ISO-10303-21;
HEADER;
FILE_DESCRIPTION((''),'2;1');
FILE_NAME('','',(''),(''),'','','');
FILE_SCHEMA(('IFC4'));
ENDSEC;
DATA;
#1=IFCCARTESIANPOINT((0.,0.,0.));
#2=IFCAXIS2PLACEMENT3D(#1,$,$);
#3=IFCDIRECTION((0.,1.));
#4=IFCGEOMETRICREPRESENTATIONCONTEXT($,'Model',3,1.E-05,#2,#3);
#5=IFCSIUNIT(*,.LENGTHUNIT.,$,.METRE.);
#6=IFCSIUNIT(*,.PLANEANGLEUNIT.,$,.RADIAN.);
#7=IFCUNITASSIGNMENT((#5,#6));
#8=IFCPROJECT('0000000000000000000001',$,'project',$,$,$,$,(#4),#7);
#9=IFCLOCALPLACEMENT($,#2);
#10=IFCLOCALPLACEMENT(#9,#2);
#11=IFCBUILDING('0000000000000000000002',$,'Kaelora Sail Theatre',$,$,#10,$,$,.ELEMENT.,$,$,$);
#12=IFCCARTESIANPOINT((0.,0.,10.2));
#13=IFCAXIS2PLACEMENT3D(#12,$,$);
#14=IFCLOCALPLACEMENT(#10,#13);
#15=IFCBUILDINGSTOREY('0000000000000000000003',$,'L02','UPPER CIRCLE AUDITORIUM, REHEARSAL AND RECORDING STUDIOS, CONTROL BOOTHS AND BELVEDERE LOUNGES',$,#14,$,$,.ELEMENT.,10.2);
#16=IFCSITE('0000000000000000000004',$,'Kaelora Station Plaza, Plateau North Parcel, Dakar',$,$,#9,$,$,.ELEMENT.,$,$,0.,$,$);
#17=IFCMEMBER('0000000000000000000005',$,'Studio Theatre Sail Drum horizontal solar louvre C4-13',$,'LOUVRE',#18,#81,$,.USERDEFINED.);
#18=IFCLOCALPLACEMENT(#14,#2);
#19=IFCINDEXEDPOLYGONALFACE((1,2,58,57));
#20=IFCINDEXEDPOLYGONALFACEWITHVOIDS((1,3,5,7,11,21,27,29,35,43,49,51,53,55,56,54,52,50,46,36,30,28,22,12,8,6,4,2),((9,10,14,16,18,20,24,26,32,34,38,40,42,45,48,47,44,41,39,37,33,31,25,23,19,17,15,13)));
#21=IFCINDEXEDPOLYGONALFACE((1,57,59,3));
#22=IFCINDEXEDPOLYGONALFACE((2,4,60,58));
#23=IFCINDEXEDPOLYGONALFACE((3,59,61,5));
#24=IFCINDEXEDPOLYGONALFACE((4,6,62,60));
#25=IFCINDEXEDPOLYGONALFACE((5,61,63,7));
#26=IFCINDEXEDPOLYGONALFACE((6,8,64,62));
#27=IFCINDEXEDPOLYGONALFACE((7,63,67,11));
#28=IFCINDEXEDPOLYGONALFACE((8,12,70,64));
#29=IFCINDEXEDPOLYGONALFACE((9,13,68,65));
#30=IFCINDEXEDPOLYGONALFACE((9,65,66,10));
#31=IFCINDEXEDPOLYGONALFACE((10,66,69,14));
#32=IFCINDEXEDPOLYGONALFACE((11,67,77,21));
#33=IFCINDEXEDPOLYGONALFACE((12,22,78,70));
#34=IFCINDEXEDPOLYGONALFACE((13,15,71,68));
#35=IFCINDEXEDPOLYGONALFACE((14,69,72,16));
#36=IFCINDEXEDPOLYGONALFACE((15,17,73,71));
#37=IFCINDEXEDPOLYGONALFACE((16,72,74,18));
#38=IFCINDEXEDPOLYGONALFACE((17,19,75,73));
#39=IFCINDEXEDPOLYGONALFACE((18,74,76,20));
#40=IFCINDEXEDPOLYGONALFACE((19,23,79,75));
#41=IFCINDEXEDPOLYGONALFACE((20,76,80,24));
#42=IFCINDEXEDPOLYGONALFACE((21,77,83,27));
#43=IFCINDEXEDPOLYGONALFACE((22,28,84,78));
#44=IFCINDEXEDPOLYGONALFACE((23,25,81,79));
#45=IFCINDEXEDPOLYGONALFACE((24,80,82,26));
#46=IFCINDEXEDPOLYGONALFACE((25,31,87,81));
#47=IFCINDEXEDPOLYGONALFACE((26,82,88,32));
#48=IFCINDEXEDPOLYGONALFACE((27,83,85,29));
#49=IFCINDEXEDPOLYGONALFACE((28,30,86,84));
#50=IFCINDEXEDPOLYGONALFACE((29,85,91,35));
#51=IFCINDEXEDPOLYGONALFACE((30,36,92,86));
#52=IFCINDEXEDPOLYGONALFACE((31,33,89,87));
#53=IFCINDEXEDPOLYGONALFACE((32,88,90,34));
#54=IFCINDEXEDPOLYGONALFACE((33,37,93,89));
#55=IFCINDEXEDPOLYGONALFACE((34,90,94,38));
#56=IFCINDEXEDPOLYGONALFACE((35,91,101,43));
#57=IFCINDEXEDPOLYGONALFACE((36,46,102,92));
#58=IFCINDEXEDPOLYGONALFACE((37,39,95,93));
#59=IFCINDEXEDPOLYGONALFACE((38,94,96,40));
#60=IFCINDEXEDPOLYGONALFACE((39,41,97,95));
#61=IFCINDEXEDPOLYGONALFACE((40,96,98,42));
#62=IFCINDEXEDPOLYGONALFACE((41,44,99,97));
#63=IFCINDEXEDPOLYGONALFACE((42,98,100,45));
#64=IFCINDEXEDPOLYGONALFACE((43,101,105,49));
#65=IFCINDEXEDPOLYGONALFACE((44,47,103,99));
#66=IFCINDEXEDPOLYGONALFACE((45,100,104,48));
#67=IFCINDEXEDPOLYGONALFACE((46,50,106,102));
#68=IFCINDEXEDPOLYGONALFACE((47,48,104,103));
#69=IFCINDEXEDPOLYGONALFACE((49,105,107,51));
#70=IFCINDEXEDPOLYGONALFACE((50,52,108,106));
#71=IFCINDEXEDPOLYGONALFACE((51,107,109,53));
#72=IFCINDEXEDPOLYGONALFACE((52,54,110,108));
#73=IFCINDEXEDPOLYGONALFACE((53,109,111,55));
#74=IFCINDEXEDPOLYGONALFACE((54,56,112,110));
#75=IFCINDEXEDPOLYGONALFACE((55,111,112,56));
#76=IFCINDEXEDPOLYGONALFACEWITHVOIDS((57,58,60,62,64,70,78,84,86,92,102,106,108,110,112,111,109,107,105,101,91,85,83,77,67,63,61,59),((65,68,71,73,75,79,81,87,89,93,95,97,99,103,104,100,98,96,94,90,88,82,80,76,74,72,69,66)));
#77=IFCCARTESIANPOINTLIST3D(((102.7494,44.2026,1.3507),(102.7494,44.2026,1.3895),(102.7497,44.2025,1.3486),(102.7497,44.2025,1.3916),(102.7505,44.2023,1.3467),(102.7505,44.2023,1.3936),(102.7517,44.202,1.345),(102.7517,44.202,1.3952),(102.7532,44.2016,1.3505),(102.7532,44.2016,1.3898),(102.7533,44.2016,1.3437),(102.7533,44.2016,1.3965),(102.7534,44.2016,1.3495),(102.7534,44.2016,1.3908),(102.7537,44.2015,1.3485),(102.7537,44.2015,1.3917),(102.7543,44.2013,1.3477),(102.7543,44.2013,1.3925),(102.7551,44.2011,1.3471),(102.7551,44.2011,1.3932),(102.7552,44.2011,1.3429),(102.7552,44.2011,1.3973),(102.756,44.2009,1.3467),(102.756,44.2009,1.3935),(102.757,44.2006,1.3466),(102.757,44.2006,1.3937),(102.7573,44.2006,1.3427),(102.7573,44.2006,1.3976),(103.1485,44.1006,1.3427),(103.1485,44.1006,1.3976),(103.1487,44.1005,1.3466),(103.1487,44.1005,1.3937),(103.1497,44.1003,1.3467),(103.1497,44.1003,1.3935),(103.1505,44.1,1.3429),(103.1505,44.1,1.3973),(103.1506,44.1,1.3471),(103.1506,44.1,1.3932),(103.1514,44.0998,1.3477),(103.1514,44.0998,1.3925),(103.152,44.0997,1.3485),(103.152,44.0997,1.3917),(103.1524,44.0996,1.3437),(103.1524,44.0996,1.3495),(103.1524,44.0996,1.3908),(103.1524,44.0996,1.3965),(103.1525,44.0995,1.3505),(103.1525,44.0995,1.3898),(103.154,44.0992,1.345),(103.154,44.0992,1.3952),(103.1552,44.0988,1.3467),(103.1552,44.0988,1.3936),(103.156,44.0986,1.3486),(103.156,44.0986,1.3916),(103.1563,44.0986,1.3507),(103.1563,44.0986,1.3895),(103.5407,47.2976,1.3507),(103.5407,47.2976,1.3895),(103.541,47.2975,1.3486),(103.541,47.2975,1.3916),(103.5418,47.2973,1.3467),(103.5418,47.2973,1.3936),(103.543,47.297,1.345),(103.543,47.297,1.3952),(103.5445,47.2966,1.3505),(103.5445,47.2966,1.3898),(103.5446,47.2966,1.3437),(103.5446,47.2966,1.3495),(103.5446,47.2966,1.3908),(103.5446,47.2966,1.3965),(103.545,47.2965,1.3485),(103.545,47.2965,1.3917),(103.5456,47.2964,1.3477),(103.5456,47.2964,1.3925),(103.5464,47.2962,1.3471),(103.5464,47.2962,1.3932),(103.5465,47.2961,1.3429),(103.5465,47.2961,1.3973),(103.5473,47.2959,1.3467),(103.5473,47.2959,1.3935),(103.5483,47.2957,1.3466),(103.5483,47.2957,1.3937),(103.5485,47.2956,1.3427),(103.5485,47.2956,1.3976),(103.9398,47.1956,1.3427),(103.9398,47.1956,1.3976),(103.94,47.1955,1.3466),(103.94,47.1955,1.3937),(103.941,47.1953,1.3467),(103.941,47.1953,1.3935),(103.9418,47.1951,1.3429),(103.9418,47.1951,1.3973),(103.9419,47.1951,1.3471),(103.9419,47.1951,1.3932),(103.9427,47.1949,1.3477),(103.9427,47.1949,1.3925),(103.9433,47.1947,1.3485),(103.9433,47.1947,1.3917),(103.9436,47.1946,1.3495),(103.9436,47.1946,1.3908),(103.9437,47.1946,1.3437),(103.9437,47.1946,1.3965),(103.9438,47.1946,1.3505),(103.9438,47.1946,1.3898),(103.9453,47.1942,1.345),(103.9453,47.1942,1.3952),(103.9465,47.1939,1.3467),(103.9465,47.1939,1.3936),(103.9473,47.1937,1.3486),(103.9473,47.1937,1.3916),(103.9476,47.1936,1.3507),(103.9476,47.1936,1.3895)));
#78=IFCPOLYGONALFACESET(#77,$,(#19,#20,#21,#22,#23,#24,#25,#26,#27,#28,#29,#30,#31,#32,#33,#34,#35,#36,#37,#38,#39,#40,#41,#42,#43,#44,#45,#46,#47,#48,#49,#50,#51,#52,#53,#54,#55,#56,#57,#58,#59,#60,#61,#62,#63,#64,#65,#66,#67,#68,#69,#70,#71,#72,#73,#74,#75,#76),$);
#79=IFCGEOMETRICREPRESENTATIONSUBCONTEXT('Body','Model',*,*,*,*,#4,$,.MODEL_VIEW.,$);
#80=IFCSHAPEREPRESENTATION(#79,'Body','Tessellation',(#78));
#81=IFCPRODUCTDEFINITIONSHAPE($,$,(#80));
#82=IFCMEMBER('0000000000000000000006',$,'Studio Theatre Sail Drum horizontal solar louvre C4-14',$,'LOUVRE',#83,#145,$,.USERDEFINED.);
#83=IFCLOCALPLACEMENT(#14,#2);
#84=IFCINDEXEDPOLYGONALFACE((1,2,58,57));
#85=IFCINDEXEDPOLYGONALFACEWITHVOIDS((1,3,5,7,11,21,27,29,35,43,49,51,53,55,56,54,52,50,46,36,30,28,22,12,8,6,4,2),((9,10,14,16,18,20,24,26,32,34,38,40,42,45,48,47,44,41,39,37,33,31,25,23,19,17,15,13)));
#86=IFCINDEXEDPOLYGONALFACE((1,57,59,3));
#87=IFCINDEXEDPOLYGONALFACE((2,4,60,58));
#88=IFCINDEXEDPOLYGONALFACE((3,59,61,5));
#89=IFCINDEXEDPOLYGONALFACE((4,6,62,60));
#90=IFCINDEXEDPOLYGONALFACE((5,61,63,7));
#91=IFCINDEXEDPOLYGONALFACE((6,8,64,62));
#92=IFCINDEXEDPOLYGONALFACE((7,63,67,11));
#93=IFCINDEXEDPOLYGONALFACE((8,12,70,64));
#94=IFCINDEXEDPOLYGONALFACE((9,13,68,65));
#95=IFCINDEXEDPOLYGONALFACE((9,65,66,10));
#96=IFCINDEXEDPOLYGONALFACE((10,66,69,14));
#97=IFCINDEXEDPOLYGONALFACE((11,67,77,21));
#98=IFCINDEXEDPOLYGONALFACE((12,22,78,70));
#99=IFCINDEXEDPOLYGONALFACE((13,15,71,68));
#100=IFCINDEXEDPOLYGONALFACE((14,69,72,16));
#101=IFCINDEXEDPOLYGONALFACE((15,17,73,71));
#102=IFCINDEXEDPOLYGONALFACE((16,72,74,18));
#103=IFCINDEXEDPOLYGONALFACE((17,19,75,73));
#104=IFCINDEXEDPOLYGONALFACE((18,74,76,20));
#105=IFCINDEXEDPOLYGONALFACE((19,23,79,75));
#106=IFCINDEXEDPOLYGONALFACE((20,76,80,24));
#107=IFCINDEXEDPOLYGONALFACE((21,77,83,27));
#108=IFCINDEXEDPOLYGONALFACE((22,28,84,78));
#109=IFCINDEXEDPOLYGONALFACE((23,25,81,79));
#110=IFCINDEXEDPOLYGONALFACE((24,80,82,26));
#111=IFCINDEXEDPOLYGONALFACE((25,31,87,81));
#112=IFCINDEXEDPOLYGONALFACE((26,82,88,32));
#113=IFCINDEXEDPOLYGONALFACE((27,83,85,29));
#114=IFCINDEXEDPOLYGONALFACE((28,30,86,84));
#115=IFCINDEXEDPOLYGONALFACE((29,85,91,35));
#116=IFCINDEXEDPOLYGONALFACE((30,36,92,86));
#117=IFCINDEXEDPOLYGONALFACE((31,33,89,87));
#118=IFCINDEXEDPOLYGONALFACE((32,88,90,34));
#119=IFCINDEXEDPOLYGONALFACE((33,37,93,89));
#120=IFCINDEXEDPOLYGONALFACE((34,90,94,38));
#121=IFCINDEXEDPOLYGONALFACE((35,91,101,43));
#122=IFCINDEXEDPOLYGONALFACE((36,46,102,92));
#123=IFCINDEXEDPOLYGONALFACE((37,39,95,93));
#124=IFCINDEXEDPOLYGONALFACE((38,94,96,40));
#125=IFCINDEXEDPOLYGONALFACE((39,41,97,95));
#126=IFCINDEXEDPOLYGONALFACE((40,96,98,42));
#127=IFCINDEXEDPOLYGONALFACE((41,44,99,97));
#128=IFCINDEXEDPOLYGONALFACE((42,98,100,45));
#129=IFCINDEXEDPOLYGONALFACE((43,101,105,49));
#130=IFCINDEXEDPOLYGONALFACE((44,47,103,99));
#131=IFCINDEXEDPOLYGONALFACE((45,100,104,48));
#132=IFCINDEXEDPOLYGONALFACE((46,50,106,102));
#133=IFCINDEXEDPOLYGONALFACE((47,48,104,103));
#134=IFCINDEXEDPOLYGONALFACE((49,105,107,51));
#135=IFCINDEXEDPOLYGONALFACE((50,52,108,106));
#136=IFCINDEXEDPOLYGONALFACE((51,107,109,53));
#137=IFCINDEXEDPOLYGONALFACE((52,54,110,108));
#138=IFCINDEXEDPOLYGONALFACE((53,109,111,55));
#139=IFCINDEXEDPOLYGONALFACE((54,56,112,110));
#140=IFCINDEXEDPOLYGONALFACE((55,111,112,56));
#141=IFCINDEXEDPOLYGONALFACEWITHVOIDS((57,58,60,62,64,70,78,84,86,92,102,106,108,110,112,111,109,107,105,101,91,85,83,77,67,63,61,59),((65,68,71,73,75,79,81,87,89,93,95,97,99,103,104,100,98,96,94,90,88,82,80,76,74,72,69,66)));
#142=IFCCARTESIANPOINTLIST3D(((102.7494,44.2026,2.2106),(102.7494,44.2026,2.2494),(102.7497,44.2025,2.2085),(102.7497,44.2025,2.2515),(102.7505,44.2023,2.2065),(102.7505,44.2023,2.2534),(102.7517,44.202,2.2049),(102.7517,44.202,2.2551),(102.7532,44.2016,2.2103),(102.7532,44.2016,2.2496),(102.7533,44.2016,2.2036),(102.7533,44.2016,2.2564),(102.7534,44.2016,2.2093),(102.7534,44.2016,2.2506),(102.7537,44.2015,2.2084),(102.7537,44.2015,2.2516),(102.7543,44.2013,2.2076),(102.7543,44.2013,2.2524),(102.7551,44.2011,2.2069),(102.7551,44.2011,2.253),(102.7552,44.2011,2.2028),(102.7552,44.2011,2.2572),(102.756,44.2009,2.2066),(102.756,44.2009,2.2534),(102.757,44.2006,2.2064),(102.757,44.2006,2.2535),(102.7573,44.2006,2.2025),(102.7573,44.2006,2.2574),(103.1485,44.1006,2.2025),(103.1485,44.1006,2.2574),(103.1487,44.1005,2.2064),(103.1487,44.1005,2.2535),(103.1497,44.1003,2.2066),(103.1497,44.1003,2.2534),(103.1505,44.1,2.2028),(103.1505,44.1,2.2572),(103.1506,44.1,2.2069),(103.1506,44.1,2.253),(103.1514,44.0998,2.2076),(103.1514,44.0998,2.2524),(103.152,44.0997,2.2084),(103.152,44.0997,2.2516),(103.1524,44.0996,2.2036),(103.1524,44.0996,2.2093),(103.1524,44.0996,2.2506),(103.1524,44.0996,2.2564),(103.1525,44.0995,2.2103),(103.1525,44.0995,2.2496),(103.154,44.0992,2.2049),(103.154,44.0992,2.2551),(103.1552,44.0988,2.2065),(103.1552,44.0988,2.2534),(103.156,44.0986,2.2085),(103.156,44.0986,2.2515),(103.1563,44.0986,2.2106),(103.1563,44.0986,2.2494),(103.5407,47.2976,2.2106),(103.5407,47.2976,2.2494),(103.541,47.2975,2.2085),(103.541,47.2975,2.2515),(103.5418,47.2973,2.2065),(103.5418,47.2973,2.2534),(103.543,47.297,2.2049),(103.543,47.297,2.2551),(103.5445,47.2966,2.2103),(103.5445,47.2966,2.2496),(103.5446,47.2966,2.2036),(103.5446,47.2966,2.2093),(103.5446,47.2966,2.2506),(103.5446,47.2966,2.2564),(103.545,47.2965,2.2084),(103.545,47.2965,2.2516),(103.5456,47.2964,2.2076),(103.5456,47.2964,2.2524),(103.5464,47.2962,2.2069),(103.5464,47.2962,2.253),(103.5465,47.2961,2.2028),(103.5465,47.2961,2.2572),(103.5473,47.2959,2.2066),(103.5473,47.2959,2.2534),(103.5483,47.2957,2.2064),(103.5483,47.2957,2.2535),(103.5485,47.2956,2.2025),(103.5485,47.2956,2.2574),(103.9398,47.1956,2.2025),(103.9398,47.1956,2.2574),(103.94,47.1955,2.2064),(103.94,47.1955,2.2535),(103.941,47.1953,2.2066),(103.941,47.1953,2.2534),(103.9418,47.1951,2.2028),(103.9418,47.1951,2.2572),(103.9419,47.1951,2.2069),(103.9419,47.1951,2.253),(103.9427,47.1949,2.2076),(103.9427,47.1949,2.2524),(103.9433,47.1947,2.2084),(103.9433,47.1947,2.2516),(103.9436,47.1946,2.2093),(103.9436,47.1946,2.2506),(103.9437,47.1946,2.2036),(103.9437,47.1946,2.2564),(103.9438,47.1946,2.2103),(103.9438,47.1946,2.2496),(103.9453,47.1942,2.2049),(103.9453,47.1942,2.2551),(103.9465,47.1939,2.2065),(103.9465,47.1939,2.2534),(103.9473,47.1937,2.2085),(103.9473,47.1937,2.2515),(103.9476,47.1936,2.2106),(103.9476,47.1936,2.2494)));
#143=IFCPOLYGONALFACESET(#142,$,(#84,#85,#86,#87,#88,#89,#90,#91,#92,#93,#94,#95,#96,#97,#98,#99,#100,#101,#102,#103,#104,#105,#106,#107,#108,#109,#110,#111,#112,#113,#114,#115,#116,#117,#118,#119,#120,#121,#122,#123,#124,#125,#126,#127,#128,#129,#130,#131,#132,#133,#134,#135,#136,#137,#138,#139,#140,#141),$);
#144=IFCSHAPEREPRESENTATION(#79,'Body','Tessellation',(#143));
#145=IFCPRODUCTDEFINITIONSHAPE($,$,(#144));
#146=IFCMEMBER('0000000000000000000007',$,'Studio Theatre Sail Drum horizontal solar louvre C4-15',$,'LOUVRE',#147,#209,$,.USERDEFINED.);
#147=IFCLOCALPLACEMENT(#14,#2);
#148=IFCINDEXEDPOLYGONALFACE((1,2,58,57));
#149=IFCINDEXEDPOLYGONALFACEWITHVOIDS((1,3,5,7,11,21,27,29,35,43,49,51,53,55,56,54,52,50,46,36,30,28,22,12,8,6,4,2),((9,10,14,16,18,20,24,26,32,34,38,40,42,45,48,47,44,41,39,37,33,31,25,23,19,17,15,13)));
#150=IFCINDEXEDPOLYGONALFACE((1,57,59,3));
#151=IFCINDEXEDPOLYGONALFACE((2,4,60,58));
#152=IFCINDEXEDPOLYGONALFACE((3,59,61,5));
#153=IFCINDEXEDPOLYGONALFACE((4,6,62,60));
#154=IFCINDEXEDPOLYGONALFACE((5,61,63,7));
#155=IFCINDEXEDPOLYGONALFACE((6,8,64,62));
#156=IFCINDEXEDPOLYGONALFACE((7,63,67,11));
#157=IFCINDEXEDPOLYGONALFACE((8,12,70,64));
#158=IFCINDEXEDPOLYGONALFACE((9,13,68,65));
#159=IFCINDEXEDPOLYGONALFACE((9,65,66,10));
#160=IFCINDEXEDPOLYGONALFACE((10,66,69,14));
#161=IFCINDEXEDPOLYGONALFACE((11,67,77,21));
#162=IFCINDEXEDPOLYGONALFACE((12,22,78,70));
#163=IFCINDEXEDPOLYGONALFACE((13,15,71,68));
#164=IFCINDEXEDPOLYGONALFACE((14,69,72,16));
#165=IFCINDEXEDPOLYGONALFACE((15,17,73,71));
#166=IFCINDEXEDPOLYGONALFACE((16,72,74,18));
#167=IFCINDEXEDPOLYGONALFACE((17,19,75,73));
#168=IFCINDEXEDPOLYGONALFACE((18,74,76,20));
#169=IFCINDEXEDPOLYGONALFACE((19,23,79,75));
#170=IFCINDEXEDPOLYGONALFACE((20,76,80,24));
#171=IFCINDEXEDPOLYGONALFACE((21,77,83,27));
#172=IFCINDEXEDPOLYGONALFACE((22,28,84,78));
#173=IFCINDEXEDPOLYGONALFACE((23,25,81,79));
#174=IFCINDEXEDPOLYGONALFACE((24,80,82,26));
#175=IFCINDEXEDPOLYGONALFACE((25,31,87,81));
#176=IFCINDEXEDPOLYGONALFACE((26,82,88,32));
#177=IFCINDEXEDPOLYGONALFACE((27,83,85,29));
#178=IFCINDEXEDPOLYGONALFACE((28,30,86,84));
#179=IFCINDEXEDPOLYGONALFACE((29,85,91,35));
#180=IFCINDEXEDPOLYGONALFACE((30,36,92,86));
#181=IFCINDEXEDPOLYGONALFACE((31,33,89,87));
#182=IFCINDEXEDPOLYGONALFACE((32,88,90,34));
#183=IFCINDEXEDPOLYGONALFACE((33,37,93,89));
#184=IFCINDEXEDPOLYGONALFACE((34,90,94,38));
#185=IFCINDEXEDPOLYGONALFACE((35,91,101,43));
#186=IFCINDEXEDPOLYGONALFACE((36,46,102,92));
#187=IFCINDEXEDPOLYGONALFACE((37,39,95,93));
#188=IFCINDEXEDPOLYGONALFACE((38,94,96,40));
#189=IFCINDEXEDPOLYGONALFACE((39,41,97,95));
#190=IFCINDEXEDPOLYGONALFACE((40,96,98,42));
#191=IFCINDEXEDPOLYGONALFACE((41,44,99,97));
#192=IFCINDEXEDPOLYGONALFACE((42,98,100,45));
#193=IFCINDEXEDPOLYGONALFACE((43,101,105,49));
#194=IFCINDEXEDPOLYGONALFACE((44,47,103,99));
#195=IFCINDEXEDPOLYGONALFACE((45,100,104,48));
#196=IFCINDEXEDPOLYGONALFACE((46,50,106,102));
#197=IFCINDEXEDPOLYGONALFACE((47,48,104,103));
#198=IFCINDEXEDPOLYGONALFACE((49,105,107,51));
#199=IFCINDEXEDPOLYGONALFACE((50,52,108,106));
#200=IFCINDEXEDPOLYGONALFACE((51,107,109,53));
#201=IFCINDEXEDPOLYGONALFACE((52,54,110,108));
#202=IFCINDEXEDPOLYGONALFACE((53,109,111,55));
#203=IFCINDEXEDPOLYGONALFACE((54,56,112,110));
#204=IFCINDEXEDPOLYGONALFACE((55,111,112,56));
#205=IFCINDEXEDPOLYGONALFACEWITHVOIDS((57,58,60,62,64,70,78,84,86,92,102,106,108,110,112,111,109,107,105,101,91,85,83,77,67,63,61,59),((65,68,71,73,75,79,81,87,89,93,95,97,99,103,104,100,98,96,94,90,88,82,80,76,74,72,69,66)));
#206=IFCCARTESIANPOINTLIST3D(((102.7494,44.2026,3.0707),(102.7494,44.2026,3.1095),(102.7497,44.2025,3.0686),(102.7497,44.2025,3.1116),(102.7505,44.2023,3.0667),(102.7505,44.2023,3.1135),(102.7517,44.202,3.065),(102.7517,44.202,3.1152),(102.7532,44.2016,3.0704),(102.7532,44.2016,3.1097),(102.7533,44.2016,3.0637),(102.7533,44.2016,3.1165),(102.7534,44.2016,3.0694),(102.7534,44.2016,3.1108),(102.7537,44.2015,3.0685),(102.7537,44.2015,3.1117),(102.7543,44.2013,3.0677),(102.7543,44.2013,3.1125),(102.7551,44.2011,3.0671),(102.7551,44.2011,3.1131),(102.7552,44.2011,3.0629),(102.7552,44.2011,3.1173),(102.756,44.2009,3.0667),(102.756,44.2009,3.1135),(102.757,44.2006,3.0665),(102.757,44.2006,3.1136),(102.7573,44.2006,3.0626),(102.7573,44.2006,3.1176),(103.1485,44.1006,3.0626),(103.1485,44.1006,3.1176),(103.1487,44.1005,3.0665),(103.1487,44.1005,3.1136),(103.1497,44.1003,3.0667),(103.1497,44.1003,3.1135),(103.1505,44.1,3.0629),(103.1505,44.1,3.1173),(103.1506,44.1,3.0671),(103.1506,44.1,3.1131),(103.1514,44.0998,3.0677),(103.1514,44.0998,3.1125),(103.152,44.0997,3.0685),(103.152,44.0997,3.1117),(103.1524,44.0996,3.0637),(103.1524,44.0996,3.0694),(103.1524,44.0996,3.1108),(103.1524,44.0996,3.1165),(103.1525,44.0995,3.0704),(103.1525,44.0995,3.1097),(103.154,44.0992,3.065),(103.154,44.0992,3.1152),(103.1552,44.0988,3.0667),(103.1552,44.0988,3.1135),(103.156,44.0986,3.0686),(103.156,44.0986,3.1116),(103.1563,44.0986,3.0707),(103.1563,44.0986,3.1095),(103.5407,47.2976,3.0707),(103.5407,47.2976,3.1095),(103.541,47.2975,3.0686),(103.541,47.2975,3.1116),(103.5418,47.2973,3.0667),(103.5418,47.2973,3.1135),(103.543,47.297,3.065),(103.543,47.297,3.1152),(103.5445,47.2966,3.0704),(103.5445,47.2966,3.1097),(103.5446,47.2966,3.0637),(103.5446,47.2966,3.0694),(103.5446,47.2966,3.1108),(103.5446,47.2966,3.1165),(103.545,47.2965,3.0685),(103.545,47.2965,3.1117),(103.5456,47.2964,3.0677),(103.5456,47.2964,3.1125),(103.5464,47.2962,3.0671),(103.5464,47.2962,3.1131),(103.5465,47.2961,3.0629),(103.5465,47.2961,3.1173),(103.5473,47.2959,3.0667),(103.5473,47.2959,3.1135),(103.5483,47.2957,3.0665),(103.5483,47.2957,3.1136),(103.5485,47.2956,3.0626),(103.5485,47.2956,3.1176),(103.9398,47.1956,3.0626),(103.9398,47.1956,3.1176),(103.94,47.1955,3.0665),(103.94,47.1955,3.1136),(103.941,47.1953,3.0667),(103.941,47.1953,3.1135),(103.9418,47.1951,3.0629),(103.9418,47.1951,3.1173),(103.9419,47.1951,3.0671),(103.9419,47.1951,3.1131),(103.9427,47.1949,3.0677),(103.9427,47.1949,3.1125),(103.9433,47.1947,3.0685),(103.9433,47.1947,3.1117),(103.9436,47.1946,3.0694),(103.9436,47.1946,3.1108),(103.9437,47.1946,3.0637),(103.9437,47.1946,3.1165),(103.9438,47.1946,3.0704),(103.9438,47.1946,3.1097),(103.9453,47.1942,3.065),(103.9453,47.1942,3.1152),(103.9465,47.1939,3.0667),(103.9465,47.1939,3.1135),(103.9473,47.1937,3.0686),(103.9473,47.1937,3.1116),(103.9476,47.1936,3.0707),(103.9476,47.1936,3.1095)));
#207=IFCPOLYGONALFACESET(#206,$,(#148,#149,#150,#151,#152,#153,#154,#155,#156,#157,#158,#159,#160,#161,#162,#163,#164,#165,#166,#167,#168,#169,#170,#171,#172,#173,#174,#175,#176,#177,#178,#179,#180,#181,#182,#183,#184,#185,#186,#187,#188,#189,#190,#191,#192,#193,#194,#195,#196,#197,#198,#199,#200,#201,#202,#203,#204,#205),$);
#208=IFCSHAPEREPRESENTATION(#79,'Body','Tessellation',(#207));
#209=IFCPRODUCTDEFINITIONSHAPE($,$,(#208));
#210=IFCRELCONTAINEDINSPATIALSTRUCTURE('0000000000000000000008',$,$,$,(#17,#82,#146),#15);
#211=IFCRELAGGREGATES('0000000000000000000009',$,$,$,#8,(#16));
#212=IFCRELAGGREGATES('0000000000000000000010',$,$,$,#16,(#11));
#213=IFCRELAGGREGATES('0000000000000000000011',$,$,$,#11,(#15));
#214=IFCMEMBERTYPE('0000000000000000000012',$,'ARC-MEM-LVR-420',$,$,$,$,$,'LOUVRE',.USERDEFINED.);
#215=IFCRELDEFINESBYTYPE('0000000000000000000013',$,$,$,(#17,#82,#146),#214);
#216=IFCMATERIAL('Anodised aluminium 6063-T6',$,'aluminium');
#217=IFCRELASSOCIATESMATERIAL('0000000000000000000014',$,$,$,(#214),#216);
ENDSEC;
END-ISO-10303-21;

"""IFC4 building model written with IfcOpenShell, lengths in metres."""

from ifc_helpers import new_model, si_unit, direction, frame, origin, origin_2d, place, context, subcontext, project, spatial, hollow_rectangle, extrude, material, material_profile, profile_set, type_object, element, save


model = new_model("IFC4")

# Units and contexts
model_context = context("Model", 3, precision=1e-05, world=origin(), true_north=direction((0.0, 1.0)))
body_context = subcontext(model_context, "Body", "Model", "MODEL_VIEW")
ifc_project = project(units=[si_unit("LENGTHUNIT", "METRE"), si_unit("PLANEANGLEUNIT", "RADIAN")], contexts=[model_context])

# Site, building, storey
site_placement = place(None, origin())
site = spatial("IfcSite", under=ifc_project, at=site_placement, Name="Kaelora Station Plaza, Plateau North Parcel, Dakar", CompositionType="ELEMENT", RefElevation=0.0)
building_placement = place(site_placement, origin())
building = spatial("IfcBuilding", under=site, at=building_placement, Name="Kaelora Sail Theatre", CompositionType="ELEMENT")
storey_placement = place(building_placement, frame((0.0, 0.0, 10.2)))
storey = spatial("IfcBuildingStorey", under=building, at=storey_placement, Name="L02", Description="UPPER CIRCLE AUDITORIUM, REHEARSAL AND RECORDING STUDIOS, CONTROL BOOTHS AND BELVEDERE LOUNGES", CompositionType="ELEMENT", Elevation=10.2)

# Members
ifc_material_1 = material(Name="Anodised aluminium 6063-T6", Category="aluminium")
ifc_material_profile_1 = material_profile(ifc_material_1, hollow_rectangle(XDim=0.4199, YDim=0.0549, WallThickness=0.0039, InnerFilletRadius=0.0039, OuterFilletRadius=0.0081, at=origin_2d()), Name="LOUVRE 420x55x4")
ifc_profile_set_1 = profile_set([ifc_material_profile_1], Name="Anodised aluminium 6063-T6")
member_type = type_object("IfcMemberType", Name="ARC-MEM-LVR-420", ElementType="LOUVRE", PredefinedType="USERDEFINED", material=ifc_profile_set_1)
for number, where, z_axis, x_axis, name in (
    (1, (103.7441, 47.2456, 1.3701), (-0.247693, -0.968839, 0.0), (0.968839, -0.247693, 0.0), "Studio Theatre Sail Drum horizontal solar louvre C4-13"),
    (2, (103.7441, 47.2456, 2.23), (-0.247693, -0.968839, 0.0), (0.968839, -0.247693, 0.0), "Studio Theatre Sail Drum horizontal solar louvre C4-14"),
    (3, (103.7441, 47.2456, 3.0901), (-0.247693, -0.968839, 0.0), (0.968839, -0.247693, 0.0), "Studio Theatre Sail Drum horizontal solar louvre C4-15"),
):
    element("IfcMember", number, at=place(storey_placement, frame(where, z_axis=z_axis, x_axis=x_axis)), inside=storey, type_object=member_type, Name=name, ObjectType="LOUVRE", PredefinedType="USERDEFINED", context=body_context, shape_type="SweptSolid", body=[
        extrude(hollow_rectangle(XDim=0.4199, YDim=0.0549, WallThickness=0.0039, InnerFilletRadius=0.0039, OuterFilletRadius=0.0081, at=origin_2d()), origin(), (0.0, 0.0, 1.0), 3.1946),
    ])

save(model, "model.ifc")
